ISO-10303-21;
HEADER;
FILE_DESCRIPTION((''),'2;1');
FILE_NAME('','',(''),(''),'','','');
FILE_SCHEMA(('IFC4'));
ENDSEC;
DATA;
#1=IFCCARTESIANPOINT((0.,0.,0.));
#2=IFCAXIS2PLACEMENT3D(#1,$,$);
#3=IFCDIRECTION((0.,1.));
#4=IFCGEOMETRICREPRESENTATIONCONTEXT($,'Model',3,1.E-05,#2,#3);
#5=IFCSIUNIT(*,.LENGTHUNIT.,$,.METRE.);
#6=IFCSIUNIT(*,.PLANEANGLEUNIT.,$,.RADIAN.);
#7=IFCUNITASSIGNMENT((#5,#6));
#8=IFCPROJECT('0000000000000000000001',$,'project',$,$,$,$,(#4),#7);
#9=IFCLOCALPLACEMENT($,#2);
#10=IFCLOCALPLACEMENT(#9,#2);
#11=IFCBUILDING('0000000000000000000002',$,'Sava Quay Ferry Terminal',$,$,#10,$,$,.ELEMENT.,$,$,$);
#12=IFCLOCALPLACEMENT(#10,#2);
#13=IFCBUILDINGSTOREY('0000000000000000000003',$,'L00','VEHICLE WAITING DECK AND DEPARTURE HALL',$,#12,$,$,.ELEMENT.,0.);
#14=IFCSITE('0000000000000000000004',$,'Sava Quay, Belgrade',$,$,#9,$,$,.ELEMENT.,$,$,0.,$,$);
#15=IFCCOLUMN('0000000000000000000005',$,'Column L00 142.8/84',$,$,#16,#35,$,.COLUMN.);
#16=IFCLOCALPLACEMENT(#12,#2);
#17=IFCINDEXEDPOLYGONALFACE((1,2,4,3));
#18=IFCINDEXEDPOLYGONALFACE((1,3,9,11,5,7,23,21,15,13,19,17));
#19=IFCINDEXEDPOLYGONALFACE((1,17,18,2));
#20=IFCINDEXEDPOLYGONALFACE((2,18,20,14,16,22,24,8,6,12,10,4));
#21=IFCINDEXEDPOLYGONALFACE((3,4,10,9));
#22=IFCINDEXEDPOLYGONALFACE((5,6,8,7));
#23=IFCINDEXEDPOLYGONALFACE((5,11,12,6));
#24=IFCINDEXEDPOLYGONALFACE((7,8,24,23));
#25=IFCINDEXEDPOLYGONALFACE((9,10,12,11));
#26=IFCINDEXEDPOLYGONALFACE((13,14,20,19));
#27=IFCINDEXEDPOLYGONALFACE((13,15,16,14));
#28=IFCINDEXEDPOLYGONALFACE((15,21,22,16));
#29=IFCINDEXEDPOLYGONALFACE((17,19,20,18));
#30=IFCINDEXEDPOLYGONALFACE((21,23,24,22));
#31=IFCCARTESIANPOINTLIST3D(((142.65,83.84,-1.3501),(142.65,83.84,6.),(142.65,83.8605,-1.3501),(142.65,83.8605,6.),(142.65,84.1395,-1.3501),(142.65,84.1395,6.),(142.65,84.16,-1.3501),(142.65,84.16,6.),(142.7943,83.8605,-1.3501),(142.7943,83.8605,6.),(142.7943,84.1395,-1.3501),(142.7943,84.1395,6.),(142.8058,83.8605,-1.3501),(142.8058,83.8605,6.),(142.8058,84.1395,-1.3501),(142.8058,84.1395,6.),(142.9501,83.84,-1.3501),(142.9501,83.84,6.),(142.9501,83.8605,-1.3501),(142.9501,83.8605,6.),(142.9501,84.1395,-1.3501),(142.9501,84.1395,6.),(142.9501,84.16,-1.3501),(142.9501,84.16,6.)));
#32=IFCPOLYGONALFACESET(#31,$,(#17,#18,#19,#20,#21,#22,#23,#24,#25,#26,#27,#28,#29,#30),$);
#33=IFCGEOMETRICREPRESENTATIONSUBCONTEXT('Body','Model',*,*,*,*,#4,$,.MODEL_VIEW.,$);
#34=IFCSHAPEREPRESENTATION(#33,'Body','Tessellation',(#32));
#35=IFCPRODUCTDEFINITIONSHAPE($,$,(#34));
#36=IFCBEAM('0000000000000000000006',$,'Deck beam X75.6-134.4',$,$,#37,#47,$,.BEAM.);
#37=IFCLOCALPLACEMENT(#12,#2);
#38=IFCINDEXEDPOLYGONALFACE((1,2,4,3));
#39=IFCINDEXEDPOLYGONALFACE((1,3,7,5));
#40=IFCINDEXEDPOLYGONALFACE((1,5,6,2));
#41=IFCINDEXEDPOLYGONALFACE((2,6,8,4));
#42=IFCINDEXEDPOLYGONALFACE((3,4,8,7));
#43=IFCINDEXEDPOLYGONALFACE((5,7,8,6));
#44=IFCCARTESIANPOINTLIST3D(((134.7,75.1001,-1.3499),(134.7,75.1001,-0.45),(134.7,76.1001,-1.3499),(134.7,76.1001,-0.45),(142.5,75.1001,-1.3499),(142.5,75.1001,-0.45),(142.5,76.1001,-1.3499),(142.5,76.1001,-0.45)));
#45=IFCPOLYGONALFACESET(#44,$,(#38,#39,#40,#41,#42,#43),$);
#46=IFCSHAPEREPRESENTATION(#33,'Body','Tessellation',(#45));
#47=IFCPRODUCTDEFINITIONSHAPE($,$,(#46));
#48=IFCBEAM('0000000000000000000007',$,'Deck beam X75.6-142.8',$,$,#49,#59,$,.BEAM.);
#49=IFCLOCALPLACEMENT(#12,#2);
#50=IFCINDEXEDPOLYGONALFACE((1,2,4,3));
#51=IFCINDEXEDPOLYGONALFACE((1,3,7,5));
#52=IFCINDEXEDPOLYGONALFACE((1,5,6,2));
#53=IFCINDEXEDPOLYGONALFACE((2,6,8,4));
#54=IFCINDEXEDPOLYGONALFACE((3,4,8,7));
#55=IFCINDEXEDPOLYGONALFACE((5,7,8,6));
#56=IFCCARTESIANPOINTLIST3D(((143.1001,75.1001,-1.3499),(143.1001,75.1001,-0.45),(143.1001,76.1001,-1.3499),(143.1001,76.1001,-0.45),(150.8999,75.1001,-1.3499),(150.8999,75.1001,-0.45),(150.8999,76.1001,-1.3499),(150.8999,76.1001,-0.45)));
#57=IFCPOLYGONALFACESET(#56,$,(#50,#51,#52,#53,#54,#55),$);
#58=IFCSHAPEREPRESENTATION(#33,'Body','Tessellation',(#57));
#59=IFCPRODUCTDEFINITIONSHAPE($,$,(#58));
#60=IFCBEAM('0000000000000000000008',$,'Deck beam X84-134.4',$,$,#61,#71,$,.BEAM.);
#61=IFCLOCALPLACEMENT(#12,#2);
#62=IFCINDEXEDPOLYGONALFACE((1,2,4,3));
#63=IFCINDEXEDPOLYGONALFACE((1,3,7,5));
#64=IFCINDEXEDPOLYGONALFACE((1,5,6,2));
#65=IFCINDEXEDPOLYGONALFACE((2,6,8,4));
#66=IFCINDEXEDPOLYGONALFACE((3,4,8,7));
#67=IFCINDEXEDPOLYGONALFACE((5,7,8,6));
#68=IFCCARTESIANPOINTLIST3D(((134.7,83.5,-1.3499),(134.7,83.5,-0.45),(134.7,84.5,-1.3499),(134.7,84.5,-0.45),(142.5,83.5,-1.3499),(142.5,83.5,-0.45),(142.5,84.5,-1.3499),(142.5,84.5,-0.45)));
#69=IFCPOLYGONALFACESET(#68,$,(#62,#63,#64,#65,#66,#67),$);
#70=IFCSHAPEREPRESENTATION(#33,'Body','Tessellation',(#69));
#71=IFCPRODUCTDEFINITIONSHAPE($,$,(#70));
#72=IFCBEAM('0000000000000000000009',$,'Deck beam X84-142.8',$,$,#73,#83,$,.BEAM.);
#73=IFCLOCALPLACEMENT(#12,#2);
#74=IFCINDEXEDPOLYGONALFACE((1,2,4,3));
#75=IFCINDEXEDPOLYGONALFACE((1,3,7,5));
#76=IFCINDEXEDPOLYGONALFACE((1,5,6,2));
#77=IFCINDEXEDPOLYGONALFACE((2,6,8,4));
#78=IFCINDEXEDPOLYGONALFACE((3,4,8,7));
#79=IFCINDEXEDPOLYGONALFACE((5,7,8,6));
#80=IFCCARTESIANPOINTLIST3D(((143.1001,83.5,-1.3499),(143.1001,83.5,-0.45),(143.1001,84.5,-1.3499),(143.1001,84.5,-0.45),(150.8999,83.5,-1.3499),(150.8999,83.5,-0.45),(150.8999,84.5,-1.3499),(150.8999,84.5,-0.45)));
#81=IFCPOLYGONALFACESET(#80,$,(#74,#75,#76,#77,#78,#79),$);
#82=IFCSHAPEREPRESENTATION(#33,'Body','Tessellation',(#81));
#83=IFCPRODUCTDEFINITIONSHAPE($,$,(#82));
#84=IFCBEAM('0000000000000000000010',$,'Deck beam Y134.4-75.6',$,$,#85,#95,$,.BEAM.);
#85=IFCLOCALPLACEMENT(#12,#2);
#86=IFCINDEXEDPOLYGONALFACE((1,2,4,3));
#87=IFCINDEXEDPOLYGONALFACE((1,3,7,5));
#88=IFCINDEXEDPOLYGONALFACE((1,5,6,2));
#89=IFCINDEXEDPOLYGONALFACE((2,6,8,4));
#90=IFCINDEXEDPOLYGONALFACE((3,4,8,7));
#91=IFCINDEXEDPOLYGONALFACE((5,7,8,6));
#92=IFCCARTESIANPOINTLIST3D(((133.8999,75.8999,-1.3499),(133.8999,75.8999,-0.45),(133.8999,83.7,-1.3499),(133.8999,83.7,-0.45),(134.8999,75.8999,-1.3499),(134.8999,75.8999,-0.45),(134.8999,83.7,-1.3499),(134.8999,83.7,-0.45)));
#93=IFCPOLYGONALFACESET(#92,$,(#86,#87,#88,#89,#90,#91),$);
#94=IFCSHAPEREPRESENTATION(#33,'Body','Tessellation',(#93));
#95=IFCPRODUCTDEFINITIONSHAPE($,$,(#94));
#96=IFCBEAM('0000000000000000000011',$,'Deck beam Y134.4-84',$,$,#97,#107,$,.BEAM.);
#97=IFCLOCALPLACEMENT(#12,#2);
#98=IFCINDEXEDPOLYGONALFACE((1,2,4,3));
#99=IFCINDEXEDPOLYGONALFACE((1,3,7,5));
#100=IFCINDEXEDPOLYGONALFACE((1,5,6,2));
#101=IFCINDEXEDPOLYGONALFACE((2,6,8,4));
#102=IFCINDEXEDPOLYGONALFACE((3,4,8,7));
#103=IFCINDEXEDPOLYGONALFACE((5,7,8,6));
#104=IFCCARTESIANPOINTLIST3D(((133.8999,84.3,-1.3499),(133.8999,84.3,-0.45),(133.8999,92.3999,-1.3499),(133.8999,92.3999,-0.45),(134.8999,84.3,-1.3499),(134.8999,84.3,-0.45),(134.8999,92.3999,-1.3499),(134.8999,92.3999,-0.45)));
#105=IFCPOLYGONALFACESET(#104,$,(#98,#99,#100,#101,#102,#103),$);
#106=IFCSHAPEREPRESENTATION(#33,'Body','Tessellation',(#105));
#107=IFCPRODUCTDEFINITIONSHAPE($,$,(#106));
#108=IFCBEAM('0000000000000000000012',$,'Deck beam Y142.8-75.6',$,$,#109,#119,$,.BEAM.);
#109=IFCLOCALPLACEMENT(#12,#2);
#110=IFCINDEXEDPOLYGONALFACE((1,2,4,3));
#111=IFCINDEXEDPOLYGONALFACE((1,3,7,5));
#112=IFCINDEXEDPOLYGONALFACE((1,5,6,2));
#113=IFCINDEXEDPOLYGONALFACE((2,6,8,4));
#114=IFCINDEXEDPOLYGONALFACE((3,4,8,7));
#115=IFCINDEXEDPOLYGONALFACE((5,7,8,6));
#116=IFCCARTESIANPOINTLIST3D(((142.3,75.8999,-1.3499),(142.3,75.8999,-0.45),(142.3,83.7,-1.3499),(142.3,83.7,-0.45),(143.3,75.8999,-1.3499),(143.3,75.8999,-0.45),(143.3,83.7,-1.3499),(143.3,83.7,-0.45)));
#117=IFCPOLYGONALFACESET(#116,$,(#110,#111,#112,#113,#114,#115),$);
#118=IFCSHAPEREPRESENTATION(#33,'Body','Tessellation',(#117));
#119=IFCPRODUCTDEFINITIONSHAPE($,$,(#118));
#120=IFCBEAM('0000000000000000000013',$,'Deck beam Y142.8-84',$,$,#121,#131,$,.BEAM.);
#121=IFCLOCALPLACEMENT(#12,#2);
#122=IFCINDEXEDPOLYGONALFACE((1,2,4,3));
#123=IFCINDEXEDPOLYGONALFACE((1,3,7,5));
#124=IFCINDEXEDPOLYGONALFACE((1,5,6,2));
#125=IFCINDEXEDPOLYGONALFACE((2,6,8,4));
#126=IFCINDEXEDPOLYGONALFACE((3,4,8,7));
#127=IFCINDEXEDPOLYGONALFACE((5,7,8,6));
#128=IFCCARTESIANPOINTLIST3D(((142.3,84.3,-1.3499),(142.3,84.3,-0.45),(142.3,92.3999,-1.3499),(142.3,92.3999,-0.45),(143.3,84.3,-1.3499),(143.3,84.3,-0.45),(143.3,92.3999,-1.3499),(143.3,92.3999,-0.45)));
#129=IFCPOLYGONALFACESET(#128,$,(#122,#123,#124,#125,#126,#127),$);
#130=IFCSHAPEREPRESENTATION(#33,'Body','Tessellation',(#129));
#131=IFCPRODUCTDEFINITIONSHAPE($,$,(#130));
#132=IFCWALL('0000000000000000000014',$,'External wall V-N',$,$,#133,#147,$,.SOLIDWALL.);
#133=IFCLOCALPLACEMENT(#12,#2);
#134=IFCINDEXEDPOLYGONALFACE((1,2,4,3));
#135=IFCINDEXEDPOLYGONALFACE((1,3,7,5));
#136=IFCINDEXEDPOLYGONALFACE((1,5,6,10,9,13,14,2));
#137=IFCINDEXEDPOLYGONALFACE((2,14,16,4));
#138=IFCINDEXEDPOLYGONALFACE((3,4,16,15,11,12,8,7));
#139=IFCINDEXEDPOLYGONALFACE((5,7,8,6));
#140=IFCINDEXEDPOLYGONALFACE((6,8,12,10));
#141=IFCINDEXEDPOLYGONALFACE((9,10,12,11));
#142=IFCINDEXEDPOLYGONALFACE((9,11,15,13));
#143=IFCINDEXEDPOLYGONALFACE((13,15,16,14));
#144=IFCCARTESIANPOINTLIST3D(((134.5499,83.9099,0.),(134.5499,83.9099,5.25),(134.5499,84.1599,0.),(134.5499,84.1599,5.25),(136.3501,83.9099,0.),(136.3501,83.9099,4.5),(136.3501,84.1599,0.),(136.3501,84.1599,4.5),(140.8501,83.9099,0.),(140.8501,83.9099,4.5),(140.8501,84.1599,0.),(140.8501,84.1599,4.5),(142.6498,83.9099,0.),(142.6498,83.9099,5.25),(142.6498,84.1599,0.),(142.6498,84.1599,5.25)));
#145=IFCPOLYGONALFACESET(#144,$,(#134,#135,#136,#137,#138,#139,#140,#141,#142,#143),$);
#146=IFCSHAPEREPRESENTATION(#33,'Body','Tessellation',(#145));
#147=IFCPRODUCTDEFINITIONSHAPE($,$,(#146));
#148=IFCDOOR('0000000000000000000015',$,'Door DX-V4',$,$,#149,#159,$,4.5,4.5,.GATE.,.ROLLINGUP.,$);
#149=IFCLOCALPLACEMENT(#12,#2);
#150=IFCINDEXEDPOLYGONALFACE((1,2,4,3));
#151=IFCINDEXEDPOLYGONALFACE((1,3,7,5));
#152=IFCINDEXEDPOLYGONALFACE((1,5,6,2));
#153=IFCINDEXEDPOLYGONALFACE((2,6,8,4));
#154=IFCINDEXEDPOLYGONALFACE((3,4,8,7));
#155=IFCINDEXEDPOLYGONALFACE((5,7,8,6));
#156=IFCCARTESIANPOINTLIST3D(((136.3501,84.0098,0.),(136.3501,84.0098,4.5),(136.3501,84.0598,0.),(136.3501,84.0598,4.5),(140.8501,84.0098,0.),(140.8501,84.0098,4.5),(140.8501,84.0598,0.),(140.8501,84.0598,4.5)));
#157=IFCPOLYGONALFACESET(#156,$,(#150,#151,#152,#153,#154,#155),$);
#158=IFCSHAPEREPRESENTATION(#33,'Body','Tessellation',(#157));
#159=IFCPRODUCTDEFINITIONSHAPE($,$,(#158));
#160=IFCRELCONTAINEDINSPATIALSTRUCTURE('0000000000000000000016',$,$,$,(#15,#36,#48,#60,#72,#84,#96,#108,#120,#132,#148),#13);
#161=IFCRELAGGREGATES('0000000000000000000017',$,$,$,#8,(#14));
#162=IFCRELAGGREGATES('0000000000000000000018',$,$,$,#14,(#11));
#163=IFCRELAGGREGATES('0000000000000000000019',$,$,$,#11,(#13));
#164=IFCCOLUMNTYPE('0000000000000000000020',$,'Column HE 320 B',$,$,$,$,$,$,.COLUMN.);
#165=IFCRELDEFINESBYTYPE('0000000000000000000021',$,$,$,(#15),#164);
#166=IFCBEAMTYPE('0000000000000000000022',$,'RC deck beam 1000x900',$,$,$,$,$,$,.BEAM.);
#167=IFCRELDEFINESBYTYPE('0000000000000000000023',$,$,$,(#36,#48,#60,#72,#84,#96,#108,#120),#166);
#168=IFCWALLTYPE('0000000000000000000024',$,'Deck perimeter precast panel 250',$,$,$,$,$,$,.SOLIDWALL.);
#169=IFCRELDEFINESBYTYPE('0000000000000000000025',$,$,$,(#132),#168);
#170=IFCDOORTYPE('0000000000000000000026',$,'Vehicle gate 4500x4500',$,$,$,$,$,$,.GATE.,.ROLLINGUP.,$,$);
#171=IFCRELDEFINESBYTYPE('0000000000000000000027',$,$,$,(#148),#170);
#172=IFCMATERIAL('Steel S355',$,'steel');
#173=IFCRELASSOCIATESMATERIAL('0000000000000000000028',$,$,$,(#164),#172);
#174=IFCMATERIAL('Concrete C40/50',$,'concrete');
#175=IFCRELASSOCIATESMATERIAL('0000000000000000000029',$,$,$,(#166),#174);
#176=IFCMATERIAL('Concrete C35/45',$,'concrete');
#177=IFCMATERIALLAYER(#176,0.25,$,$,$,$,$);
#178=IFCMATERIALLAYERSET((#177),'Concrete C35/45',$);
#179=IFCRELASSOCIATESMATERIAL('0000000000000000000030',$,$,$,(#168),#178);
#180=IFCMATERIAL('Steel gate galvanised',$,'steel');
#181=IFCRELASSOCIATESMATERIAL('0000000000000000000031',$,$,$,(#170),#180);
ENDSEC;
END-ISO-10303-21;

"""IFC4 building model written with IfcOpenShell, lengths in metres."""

from ifc_helpers import new_model, si_unit, direction, frame, frame_2d, origin, origin_2d, place, context, subcontext, project, spatial, rectangle, i_section, extrude, material, layer, layer_set, material_profile, profile_set, type_object, element, fill, save


model = new_model("IFC4")

# Units and contexts
model_context = context("Model", 3, precision=1e-05, world=origin(), true_north=direction((0.0, 1.0)))
body_context = subcontext(model_context, "Body", "Model", "MODEL_VIEW")
ifc_project = project(units=[si_unit("LENGTHUNIT", "METRE"), si_unit("PLANEANGLEUNIT", "RADIAN")], contexts=[model_context])

# Site, building, storey
site_placement = place(None, origin())
site = spatial("IfcSite", under=ifc_project, at=site_placement, Name="Sava Quay, Belgrade", CompositionType="ELEMENT", RefElevation=0.0)
building_placement = place(site_placement, origin())
building = spatial("IfcBuilding", under=site, at=building_placement, Name="Sava Quay Ferry Terminal", CompositionType="ELEMENT")
storey_placement = place(building_placement, origin())
storey = spatial("IfcBuildingStorey", under=building, at=storey_placement, Name="L00", Description="VEHICLE WAITING DECK AND DEPARTURE HALL", CompositionType="ELEMENT", Elevation=0.0)

# Column
ifc_material_1 = material(Name="Steel S355", Category="steel")
ifc_material_profile_1 = material_profile(ifc_material_1, i_section(OverallWidth=0.3, OverallDepth=0.3201, WebThickness=0.0115, FlangeThickness=0.0205, at=origin_2d()), Name="HE 320 B")
ifc_profile_set_1 = profile_set([ifc_material_profile_1], Name="Steel S355")
column_type = type_object("IfcColumnType", Name="Column HE 320 B", PredefinedType="COLUMN", material=ifc_profile_set_1)
for number, where, z_axis, x_axis, name in (
    (1, (142.8, 84.0, -1.3501), (0.0, 0.0, 1.0), (1.0, 0.0, 0.0), "Column L00 142.8/84"),
):
    element("IfcColumn", number, at=place(storey_placement, frame(where, z_axis=z_axis, x_axis=x_axis)), inside=storey, type_object=column_type, Name=name, PredefinedType="COLUMN", context=body_context, shape_type="SweptSolid", body=[
        extrude(i_section(OverallWidth=0.3, OverallDepth=0.3201, WebThickness=0.0115, FlangeThickness=0.0205, at=origin_2d()), origin(), (0.0, 0.0, 1.0), 7.3501),
    ])

# Beams
ifc_material_2 = material(Name="Concrete C40/50", Category="concrete")
ifc_material_profile_2 = material_profile(ifc_material_2, rectangle(XDim=1.0, YDim=0.8999, at=origin_2d()), Name="RC 1000x900")
ifc_profile_set_2 = profile_set([ifc_material_profile_2], Name="Concrete C40/50")
beam_type = type_object("IfcBeamType", Name="RC deck beam 1000x900", PredefinedType="BEAM", material=ifc_profile_set_2)
beam_1_placement = place(storey_placement, frame((134.7, 75.6001, -0.8999), z_axis=(1.0, 0.0, 0.0), x_axis=(0.0, 1.0, 0.0)))
element("IfcBeam", 2, at=beam_1_placement, inside=storey, type_object=beam_type, Name="Deck beam X75.6-134.4", PredefinedType="BEAM", context=body_context, shape_type="SweptSolid", body=[
    extrude(rectangle(XDim=1.0, YDim=0.8999, at=origin_2d()), origin(), (0.0, 0.0, 1.0), 7.8),
])
beam_2_placement = place(storey_placement, frame((143.1001, 75.6001, -0.8999), z_axis=(1.0, 0.0, 0.0), x_axis=(0.0, 1.0, 0.0)))
element("IfcBeam", 3, at=beam_2_placement, inside=storey, type_object=beam_type, Name="Deck beam X75.6-142.8", PredefinedType="BEAM", context=body_context, shape_type="SweptSolid", body=[
    extrude(rectangle(XDim=1.0, YDim=0.8999, at=origin_2d()), origin(), (0.0, 0.0, 1.0), 7.7998),
])
beam_3_placement = place(storey_placement, frame((134.7, 84.0, -0.8999), z_axis=(1.0, 0.0, 0.0), x_axis=(0.0, 1.0, 0.0)))
element("IfcBeam", 4, at=beam_3_placement, inside=storey, type_object=beam_type, Name="Deck beam X84-134.4", PredefinedType="BEAM", context=body_context, shape_type="SweptSolid", body=[
    extrude(rectangle(XDim=1.0, YDim=0.8999, at=origin_2d()), origin(), (0.0, 0.0, 1.0), 7.8),
])
beam_4_placement = place(storey_placement, frame((143.1001, 84.0, -0.8999), z_axis=(1.0, 0.0, 0.0), x_axis=(0.0, 1.0, 0.0)))
element("IfcBeam", 5, at=beam_4_placement, inside=storey, type_object=beam_type, Name="Deck beam X84-142.8", PredefinedType="BEAM", context=body_context, shape_type="SweptSolid", body=[
    extrude(rectangle(XDim=1.0, YDim=0.8999, at=origin_2d()), origin(), (0.0, 0.0, 1.0), 7.7998),
])
beam_5_placement = place(storey_placement, frame((134.3999, 75.8999, -0.8999), z_axis=(0.0, 1.0, 0.0), x_axis=(-1.0, 0.0, 0.0)))
element("IfcBeam", 6, at=beam_5_placement, inside=storey, type_object=beam_type, Name="Deck beam Y134.4-75.6", PredefinedType="BEAM", context=body_context, shape_type="SweptSolid", body=[
    extrude(rectangle(XDim=1.0, YDim=0.8999, at=origin_2d()), origin(), (0.0, 0.0, 1.0), 7.8),
])
beam_6_placement = place(storey_placement, frame((134.3999, 84.3, -0.8999), z_axis=(0.0, 1.0, 0.0), x_axis=(-1.0, 0.0, 0.0)))
element("IfcBeam", 7, at=beam_6_placement, inside=storey, type_object=beam_type, Name="Deck beam Y134.4-84", PredefinedType="BEAM", context=body_context, shape_type="SweptSolid", body=[
    extrude(rectangle(XDim=1.0, YDim=0.8999, at=origin_2d()), origin(), (0.0, 0.0, 1.0), 8.0999),
])
beam_7_placement = place(storey_placement, frame((142.8, 75.8999, -0.8999), z_axis=(0.0, 1.0, 0.0), x_axis=(-1.0, 0.0, 0.0)))
element("IfcBeam", 8, at=beam_7_placement, inside=storey, type_object=beam_type, Name="Deck beam Y142.8-75.6", PredefinedType="BEAM", context=body_context, shape_type="SweptSolid", body=[
    extrude(rectangle(XDim=1.0, YDim=0.8999, at=origin_2d()), origin(), (0.0, 0.0, 1.0), 7.8),
])
beam_8_placement = place(storey_placement, frame((142.8, 84.3, -0.8999), z_axis=(0.0, 1.0, 0.0), x_axis=(-1.0, 0.0, 0.0)))
element("IfcBeam", 9, at=beam_8_placement, inside=storey, type_object=beam_type, Name="Deck beam Y142.8-84", PredefinedType="BEAM", context=body_context, shape_type="SweptSolid", body=[
    extrude(rectangle(XDim=1.0, YDim=0.8999, at=origin_2d()), origin(), (0.0, 0.0, 1.0), 8.0999),
])

# Wall, opening, door
ifc_material_3 = material(Name="Concrete C35/45", Category="concrete")
ifc_layer_1 = layer(ifc_material_3, 0.25)
ifc_layer_set_1 = layer_set([ifc_layer_1], Name="Concrete C35/45")
wall_type_1 = type_object("IfcWallType", Name="Deck perimeter precast panel 250", PredefinedType="SOLIDWALL", material=ifc_layer_set_1)
wall_1_placement = place(storey_placement, frame((134.55, 84.0349, 0.0), z_axis=(0.0, 0.0, 1.0), x_axis=(1.0, 0.0, 0.0)))
wall_1 = element("IfcWall", 10, at=wall_1_placement, inside=storey, type_object=wall_type_1, Name="External wall V-N", PredefinedType="SOLIDWALL", context=body_context, shape_type="SweptSolid", body=[
    extrude(rectangle(XDim=8.0999, YDim=0.25, at=frame_2d((4.0498, 0.0))), origin(), (0.0, 0.0, 1.0), 5.25),
])
opening_1_placement = place(wall_1_placement, frame((1.8, 0.0, 0.0)))
opening_1 = element("IfcOpeningElement", 11, at=opening_1_placement, cuts=wall_1, PredefinedType="OPENING", context=body_context, shape_type="SweptSolid", body=[
    extrude(rectangle(XDim=4.5, YDim=4.5, at=frame_2d((2.25, 2.25))), frame((0.0, 0.125, 0.0), z_axis=(0.0, -1.0, 0.0), x_axis=(1.0, 0.0, 0.0)), (0.0, 0.0, 1.0), 0.25),
])
ifc_material_4 = material(Name="Steel gate galvanised", Category="steel")
door_type = type_object("IfcDoorType", Name="Vehicle gate 4500x4500", OperationType="ROLLINGUP", PredefinedType="GATE", material=ifc_material_4)
door_1_placement = place(opening_1_placement, origin())
door_1 = element("IfcDoor", 12, at=door_1_placement, inside=storey, type_object=door_type, Name="Door DX-V4", OperationType="ROLLINGUP", OverallHeight=4.5, OverallWidth=4.5, PredefinedType="GATE", context=body_context, shape_type="SweptSolid", body=[
    extrude(rectangle(XDim=4.5, YDim=4.5, at=frame_2d((2.25, 2.25))), frame((0.0, 0.0249, 0.0), z_axis=(0.0, -1.0, 0.0), x_axis=(1.0, 0.0, 0.0)), (0.0, 0.0, 1.0), 0.05),
])
fill(opening_1, door_1)

save(model, "model.ifc")
